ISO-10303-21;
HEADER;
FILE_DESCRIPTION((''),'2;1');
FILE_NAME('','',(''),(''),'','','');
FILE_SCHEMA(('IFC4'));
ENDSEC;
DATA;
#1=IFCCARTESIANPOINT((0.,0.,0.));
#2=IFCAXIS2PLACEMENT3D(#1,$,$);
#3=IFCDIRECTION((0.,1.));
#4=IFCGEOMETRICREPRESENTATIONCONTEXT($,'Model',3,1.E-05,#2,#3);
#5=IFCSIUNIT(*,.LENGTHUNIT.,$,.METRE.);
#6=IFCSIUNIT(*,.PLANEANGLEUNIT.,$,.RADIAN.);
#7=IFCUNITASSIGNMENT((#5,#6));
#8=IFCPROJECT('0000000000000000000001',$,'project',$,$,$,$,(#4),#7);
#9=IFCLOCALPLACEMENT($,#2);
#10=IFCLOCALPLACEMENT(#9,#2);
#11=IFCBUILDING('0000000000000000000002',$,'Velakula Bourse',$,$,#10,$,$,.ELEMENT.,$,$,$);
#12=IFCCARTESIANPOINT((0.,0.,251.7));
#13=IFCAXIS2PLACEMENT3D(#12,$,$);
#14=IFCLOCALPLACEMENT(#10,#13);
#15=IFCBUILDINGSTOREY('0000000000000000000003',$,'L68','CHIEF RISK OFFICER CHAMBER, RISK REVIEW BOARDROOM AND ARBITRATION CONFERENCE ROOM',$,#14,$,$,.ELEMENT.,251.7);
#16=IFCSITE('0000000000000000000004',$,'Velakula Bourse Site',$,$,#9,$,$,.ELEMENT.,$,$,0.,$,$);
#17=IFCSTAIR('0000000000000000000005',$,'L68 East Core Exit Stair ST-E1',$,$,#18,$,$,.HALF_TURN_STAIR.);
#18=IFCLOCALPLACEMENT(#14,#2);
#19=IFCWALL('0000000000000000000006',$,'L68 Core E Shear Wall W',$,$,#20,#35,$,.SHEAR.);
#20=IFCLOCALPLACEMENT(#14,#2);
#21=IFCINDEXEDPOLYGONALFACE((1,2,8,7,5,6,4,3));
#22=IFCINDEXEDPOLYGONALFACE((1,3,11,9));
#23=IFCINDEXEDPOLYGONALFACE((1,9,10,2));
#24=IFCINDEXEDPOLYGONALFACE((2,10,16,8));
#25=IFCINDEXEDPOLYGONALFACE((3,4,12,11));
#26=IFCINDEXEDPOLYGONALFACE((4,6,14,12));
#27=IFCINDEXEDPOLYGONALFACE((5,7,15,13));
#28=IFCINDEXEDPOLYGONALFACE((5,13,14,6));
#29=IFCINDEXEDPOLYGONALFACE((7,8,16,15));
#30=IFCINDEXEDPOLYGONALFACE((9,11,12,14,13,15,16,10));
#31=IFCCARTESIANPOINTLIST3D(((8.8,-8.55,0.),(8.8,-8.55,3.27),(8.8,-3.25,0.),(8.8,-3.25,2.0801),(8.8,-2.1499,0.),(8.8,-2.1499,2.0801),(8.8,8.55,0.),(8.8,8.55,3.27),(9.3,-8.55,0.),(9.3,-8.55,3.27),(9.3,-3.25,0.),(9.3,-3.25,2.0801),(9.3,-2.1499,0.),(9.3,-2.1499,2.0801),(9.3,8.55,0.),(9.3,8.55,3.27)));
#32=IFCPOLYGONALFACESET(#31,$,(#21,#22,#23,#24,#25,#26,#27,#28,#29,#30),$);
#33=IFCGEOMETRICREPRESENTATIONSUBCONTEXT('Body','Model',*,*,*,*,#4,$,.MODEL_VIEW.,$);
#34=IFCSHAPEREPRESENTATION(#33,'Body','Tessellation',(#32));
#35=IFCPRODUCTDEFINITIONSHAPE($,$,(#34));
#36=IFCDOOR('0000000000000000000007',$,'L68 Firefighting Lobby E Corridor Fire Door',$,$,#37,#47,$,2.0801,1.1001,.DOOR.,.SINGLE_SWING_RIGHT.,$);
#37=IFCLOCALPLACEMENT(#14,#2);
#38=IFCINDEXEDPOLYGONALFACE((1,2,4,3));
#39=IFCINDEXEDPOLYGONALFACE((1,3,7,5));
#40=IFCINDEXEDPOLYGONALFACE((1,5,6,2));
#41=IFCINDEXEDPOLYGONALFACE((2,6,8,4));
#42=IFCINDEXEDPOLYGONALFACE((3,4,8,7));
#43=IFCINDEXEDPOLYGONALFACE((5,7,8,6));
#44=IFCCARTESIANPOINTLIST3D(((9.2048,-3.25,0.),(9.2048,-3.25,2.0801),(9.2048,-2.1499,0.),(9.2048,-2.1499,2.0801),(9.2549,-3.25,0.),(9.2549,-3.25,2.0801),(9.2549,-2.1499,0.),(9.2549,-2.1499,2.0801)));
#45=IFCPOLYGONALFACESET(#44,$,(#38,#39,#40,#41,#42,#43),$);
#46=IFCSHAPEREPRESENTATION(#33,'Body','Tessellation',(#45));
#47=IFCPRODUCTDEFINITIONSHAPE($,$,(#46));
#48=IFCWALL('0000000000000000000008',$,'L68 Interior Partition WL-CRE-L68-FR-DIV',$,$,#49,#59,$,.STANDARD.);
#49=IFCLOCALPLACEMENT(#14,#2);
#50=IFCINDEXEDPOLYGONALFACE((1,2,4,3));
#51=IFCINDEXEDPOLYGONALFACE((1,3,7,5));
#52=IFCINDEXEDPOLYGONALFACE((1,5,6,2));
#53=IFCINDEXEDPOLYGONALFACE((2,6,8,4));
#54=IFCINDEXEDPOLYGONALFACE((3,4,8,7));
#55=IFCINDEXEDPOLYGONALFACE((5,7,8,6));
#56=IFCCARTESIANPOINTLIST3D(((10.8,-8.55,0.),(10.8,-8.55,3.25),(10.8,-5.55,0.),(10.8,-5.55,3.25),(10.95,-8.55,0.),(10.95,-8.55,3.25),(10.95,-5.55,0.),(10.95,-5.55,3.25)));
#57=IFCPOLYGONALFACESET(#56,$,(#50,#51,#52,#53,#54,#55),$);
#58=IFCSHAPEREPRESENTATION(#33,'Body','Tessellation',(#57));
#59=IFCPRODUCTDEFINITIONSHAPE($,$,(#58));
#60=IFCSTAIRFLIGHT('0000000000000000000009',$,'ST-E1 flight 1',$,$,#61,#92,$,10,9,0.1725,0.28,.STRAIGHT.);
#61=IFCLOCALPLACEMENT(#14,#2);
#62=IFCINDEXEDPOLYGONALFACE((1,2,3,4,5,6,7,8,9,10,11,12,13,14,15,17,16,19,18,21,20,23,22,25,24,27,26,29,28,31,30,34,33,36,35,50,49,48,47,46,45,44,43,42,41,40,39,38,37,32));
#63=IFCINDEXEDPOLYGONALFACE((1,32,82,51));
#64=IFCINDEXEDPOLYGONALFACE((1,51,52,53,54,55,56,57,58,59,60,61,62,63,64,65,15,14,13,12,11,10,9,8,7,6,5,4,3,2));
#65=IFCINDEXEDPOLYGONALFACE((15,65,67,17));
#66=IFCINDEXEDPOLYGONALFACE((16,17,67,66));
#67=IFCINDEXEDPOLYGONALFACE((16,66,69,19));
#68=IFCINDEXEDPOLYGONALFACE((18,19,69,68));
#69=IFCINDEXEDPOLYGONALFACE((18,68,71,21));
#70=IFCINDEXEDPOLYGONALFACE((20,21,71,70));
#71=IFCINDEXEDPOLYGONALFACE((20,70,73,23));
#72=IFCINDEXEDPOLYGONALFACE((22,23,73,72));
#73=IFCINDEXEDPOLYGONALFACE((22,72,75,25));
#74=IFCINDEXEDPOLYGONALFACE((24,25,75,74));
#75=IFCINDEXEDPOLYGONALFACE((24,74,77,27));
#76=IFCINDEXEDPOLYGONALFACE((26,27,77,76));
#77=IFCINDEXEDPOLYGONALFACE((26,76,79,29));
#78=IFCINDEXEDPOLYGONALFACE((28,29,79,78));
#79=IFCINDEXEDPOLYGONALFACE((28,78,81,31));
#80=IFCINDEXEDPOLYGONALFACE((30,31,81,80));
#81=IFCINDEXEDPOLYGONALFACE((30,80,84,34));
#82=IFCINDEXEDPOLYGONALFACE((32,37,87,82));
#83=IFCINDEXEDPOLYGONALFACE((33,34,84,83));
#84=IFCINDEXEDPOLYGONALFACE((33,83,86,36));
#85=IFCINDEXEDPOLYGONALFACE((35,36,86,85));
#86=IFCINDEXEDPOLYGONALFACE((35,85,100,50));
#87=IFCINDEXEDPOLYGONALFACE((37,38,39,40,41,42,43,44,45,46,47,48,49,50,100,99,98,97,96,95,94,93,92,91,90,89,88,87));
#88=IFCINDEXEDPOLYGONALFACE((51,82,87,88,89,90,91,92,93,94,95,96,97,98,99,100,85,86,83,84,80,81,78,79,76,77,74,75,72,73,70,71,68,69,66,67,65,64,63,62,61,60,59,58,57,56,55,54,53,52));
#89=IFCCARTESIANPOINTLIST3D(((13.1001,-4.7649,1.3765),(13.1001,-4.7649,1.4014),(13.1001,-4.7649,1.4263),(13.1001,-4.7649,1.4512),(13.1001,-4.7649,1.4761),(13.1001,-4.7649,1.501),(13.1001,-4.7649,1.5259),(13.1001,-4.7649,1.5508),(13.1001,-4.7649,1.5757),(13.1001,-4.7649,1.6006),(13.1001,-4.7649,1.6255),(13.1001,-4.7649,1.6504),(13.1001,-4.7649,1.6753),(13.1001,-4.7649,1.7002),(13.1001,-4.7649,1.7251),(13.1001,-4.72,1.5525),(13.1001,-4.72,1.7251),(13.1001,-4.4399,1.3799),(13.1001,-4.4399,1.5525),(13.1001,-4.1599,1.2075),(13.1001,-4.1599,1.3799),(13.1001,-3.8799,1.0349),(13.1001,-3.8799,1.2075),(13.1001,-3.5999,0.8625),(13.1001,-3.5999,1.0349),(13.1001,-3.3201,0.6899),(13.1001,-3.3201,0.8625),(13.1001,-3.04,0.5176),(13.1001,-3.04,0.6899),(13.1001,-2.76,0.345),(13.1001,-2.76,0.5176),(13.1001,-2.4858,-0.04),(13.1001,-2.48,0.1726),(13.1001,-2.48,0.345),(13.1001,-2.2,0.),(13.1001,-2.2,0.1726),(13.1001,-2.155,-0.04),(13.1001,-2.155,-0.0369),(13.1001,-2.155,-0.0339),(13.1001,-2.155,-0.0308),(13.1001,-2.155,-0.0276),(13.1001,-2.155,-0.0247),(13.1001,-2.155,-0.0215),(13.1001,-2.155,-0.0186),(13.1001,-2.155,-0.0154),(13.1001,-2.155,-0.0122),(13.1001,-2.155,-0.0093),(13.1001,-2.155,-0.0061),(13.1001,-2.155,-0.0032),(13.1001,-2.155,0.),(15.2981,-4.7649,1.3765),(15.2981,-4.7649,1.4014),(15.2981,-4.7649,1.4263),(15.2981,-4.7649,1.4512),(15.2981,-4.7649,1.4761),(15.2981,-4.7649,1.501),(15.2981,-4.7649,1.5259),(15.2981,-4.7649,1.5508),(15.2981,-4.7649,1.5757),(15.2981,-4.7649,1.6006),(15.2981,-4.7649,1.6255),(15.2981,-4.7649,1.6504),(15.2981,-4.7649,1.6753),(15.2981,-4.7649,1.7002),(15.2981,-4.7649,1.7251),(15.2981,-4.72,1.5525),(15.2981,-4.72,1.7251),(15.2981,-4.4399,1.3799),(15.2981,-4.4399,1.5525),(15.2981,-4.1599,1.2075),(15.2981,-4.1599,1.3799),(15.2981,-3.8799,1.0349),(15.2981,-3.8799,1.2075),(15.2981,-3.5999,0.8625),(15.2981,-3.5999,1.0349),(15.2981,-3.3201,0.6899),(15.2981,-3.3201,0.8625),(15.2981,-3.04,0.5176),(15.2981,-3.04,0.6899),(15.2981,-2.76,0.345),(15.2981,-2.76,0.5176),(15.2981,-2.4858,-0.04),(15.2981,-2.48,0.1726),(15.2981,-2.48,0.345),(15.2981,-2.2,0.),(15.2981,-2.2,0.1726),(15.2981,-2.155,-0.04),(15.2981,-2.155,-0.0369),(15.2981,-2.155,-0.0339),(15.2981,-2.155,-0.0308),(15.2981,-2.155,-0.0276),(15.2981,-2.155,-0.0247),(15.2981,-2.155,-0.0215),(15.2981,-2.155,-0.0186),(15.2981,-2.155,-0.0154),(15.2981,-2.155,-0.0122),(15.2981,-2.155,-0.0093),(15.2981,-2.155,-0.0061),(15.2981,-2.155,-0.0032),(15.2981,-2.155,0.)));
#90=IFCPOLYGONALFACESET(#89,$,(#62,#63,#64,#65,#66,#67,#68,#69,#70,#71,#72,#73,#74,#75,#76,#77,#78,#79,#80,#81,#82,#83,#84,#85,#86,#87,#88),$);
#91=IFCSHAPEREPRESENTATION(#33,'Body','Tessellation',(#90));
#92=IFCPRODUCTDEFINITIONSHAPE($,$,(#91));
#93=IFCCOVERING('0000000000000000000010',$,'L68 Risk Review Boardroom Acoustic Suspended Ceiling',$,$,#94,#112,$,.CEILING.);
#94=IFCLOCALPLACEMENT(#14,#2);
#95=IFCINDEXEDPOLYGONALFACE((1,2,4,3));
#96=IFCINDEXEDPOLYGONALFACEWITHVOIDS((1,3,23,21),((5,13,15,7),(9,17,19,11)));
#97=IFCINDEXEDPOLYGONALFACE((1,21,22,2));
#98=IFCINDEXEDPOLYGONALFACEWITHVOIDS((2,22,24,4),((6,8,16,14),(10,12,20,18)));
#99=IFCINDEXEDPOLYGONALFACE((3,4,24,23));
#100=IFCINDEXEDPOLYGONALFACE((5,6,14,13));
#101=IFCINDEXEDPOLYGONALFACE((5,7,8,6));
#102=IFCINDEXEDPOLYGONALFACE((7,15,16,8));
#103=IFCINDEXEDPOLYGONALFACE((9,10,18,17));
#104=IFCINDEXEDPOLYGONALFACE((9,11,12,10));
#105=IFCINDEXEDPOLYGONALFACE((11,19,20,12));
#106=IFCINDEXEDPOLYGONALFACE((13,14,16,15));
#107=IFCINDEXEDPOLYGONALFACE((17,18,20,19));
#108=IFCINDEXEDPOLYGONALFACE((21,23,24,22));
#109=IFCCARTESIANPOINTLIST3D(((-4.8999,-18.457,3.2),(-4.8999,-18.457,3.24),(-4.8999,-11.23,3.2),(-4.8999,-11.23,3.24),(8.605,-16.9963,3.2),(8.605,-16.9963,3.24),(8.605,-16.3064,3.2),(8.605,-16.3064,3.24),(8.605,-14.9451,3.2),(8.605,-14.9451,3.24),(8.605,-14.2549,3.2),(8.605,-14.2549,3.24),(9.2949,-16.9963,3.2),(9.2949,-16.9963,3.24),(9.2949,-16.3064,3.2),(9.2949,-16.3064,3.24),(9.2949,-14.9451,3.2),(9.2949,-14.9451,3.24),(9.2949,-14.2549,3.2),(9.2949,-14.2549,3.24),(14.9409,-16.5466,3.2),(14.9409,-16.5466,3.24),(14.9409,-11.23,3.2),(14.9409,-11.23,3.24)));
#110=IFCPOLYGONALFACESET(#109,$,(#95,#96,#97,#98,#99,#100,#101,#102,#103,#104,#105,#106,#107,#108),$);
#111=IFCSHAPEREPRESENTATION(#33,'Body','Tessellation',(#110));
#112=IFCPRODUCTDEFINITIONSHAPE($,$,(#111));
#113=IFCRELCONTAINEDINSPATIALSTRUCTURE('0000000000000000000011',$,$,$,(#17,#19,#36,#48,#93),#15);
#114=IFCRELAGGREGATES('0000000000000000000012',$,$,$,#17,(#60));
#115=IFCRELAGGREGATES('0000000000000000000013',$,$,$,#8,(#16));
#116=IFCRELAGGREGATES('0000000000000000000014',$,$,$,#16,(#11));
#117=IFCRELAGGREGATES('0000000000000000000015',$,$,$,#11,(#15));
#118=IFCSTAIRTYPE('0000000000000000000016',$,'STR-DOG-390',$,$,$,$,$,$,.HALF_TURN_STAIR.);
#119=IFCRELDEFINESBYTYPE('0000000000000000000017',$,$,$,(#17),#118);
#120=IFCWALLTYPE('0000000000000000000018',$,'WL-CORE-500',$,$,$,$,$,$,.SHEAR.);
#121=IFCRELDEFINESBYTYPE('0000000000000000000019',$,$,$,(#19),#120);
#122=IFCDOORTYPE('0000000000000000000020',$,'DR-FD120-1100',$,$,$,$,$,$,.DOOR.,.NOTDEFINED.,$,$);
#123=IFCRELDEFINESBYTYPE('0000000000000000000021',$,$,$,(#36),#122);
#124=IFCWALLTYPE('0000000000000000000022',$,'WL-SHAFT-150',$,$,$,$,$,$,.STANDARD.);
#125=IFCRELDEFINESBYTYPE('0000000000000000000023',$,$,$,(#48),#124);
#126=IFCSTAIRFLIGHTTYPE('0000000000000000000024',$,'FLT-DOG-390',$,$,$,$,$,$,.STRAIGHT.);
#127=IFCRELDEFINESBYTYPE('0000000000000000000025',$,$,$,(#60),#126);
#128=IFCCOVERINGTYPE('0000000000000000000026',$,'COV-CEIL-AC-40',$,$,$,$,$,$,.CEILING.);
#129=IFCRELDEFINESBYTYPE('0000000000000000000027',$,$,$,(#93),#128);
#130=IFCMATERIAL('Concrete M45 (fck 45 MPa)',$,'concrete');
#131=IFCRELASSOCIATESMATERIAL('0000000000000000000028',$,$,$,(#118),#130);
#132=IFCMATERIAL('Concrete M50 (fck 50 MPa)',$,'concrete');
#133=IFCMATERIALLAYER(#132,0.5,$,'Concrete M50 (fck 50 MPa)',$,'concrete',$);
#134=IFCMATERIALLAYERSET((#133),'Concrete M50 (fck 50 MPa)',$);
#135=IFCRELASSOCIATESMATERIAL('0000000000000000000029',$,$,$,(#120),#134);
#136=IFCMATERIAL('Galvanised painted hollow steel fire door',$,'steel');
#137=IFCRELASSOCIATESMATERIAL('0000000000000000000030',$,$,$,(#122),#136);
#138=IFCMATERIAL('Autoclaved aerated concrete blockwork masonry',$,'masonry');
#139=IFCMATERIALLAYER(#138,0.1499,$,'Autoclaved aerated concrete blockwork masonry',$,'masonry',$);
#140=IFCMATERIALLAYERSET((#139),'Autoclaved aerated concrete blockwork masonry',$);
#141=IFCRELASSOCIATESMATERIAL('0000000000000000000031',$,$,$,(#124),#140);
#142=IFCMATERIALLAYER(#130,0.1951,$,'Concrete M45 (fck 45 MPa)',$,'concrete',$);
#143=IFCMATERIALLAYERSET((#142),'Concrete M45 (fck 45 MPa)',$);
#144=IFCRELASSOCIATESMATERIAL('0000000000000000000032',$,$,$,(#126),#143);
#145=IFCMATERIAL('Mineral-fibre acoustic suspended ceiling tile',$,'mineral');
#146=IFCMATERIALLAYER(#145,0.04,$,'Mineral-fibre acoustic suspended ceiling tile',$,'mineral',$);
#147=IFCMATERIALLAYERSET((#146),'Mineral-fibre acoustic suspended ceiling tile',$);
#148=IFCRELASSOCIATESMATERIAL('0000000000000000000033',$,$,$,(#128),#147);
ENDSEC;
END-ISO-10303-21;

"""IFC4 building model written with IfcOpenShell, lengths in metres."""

from ifc_helpers import new_model, si_unit, direction, frame, frame_2d, origin, place, context, subcontext, project, spatial, polyline, rectangle, outline, extrude, material, layer, layer_set, type_object, element, fill, aggregate, save


model = new_model("IFC4")

# Units and contexts
model_context = context("Model", 3, precision=1e-05, world=origin(), true_north=direction((0.0, 1.0)))
body_context = subcontext(model_context, "Body", "Model", "MODEL_VIEW")
ifc_project = project(units=[si_unit("LENGTHUNIT", "METRE"), si_unit("PLANEANGLEUNIT", "RADIAN")], contexts=[model_context])

# Site, building, storey
site_placement = place(None, origin())
site = spatial("IfcSite", under=ifc_project, at=site_placement, Name="Velakula Bourse Site", CompositionType="ELEMENT", RefElevation=0.0)
building_placement = place(site_placement, origin())
building = spatial("IfcBuilding", under=site, at=building_placement, Name="Velakula Bourse", CompositionType="ELEMENT")
storey_placement = place(building_placement, frame((0.0, 0.0, 251.7)))
storey = spatial("IfcBuildingStorey", under=building, at=storey_placement, Name="L68", Description="CHIEF RISK OFFICER CHAMBER, RISK REVIEW BOARDROOM AND ARBITRATION CONFERENCE ROOM", CompositionType="ELEMENT", Elevation=251.7)

# Stair
ifc_material_1 = material(Name="Concrete M45 (fck 45 MPa)", Category="concrete")
stair_type = type_object("IfcStairType", Name="STR-DOG-390", PredefinedType="HALF_TURN_STAIR", material=ifc_material_1)
stair_1_placement = place(storey_placement, origin())
stair_1 = element("IfcStair", 1, at=stair_1_placement, inside=storey, type_object=stair_type, Name="L68 East Core Exit Stair ST-E1", PredefinedType="HALF_TURN_STAIR")

# Shared definitions
ifc_material_2 = material(Name="Concrete M50 (fck 50 MPa)", Category="concrete")

# Shared definitions
ifc_material_3 = material(Name="Galvanised painted hollow steel fire door", Category="steel")

# Wall, opening, door
ifc_layer_1 = layer(ifc_material_2, 0.5, Name="Concrete M50 (fck 50 MPa)", Category="concrete")
ifc_layer_set_1 = layer_set([ifc_layer_1], Name="Concrete M50 (fck 50 MPa)")
wall_type_1 = type_object("IfcWallType", Name="WL-CORE-500", PredefinedType="SHEAR", material=ifc_layer_set_1)
wall_1_placement = place(storey_placement, frame((9.05, -8.55, 0.0), z_axis=(0.0, 0.0, 1.0), x_axis=(0.0, 1.0, 0.0)))
wall_1 = element("IfcWall", 2, at=wall_1_placement, inside=storey, type_object=wall_type_1, Name="L68 Core E Shear Wall W", PredefinedType="SHEAR", context=body_context, shape_type="SweptSolid", body=[
    extrude(rectangle(XDim=17.1001, YDim=0.5, at=frame_2d((8.55, 0.0))), origin(), (0.0, 0.0, 1.0), 3.27),
])
opening_1_placement = place(wall_1_placement, frame((5.3, 0.0, 0.0)))
opening_1 = element("IfcOpeningElement", 3, at=opening_1_placement, cuts=wall_1, PredefinedType="OPENING", context=body_context, shape_type="SweptSolid", body=[
    extrude(rectangle(XDim=1.1001, YDim=2.0801, at=frame_2d((0.55, 1.04))), frame((0.0, 0.26, 0.0), z_axis=(0.0, -1.0, 0.0), x_axis=(1.0, 0.0, 0.0)), (0.0, 0.0, 1.0), 0.52),
])
door_type_1 = type_object("IfcDoorType", Name="DR-FD120-1100", OperationType="NOTDEFINED", PredefinedType="DOOR", material=ifc_material_3)
door_1_placement = place(opening_1_placement, origin())
door_1 = element("IfcDoor", 4, at=door_1_placement, inside=storey, type_object=door_type_1, Name="L68 Firefighting Lobby E Corridor Fire Door", OperationType="SINGLE_SWING_RIGHT", OverallHeight=2.0801, OverallWidth=1.1001, PredefinedType="DOOR", context=body_context, shape_type="SweptSolid", body=[
    extrude(rectangle(XDim=1.1001, YDim=2.0801, at=frame_2d((0.55, 1.04))), frame((0.0, -0.1548, 0.0), z_axis=(0.0, -1.0, 0.0), x_axis=(1.0, 0.0, 0.0)), (0.0, 0.0, 1.0), 0.05),
])
fill(opening_1, door_1)

# Shared definitions
ifc_material_4 = material(Name="Autoclaved aerated concrete blockwork masonry", Category="masonry")
ifc_layer_2 = layer(ifc_material_4, 0.1499, Name="Autoclaved aerated concrete blockwork masonry", Category="masonry")
ifc_layer_set_2 = layer_set([ifc_layer_2], Name="Autoclaved aerated concrete blockwork masonry")
wall_type_2 = type_object("IfcWallType", Name="WL-SHAFT-150", PredefinedType="STANDARD", material=ifc_layer_set_2)

# Wall
wall_2_placement = place(storey_placement, frame((10.875, -8.55, 0.0), z_axis=(0.0, 0.0, 1.0), x_axis=(0.0, 1.0, 0.0)))
element("IfcWall", 5, at=wall_2_placement, inside=storey, type_object=wall_type_2, Name="L68 Interior Partition WL-CRE-L68-FR-DIV", PredefinedType="STANDARD", context=body_context, shape_type="SweptSolid", body=[
    extrude(rectangle(XDim=3.0, YDim=0.1499, at=frame_2d((1.5, 0.0))), origin(), (0.0, 0.0, 1.0), 3.25),
])

# Stair flight
ifc_layer_3 = layer(ifc_material_1, 0.1951, Name="Concrete M45 (fck 45 MPa)", Category="concrete")
ifc_layer_set_3 = layer_set([ifc_layer_3], Name="Concrete M45 (fck 45 MPa)")
stair_flight_type = type_object("IfcStairFlightType", Name="FLT-DOG-390", PredefinedType="STRAIGHT", material=ifc_layer_set_3)
stair_flight_placement = place(storey_placement, frame((14.199, -2.2, 0.0), z_axis=(0.0, 0.0, 1.0), x_axis=(0.0, -1.0, 0.0)))
stair_flight = element("IfcStairFlight", 6, at=stair_flight_placement, type_object=stair_flight_type, Name="ST-E1 flight 1", NumberOfRisers=10, NumberOfTreads=9, PredefinedType="STRAIGHT", RiserHeight=0.1725, TreadLength=0.28, context=body_context, shape_type="SweptSolid", body=[
    extrude(outline(polyline([(-0.0449, -0.04), (-0.0449, -0.0369), (-0.0449, -0.0339), (-0.0449, -0.0308), (-0.0449, -0.0276), (-0.0449, -0.0247), (-0.0449, -0.0215), (-0.0449, -0.0186), (-0.0449, -0.0154), (-0.0449, -0.0122), (-0.0449, -0.0093), (-0.0449, -0.0061), (-0.0449, -0.0032), (-0.0449, 0.0), (0.0, 0.0), (0.0, 0.1726), (0.28, 0.1726), (0.28, 0.345), (0.5601, 0.345), (0.5601, 0.5176), (0.8401, 0.5176), (0.8401, 0.6899), (1.1201, 0.6899), (1.1201, 0.8625), (1.3999, 0.8625), (1.3999, 1.0349), (1.6799, 1.0349), (1.6799, 1.2075), (1.96, 1.2075), (1.96, 1.3799), (2.24, 1.3799), (2.24, 1.5525), (2.52, 1.5525), (2.52, 1.7251), (2.5649, 1.7251), (2.5649, 1.7002), (2.5649, 1.6753), (2.5649, 1.6504), (2.5649, 1.6255), (2.5649, 1.6006), (2.5649, 1.5757), (2.5649, 1.5508), (2.5649, 1.5259), (2.5649, 1.501), (2.5649, 1.4761), (2.5649, 1.4512), (2.5649, 1.4263), (2.5649, 1.4014), (2.5649, 1.3765), (0.2859, -0.04), (-0.0449, -0.04)])), frame((0.0, 1.0991, 0.0), z_axis=(0.0, -1.0, 0.0), x_axis=(1.0, 0.0, 0.0)), (0.0, 0.0, 1.0), 2.198),
])
aggregate(stair_1, [stair_flight])

# Covering
ifc_material_5 = material(Name="Mineral-fibre acoustic suspended ceiling tile", Category="mineral")
ifc_layer_4 = layer(ifc_material_5, 0.04, Name="Mineral-fibre acoustic suspended ceiling tile", Category="mineral")
ifc_layer_set_4 = layer_set([ifc_layer_4], Name="Mineral-fibre acoustic suspended ceiling tile")
covering_type = type_object("IfcCoveringType", Name="COV-CEIL-AC-40", PredefinedType="CEILING", material=ifc_layer_set_4)
covering_placement = place(storey_placement, frame((0.0, 0.0, 3.2)))
element("IfcCovering", 7, at=covering_placement, inside=storey, type_object=covering_type, Name="L68 Risk Review Boardroom Acoustic Suspended Ceiling", PredefinedType="CEILING", context=body_context, shape_type="SweptSolid", body=[
    extrude(outline(polyline([(14.9409, -11.23), (14.9409, -16.5466), (-4.8999, -18.457), (-4.8999, -11.23), (14.9409, -11.23)]), holes=[polyline([(9.2949, -16.9963), (9.2949, -16.3064), (8.605, -16.3064), (8.605, -16.9963), (9.2949, -16.9963)]), polyline([(8.605, -14.9451), (9.2949, -14.9451), (9.2949, -14.2549), (8.605, -14.2549), (8.605, -14.9451)])]), origin(), (0.0, 0.0, 1.0), 0.04),
])

save(model, "model.ifc")
